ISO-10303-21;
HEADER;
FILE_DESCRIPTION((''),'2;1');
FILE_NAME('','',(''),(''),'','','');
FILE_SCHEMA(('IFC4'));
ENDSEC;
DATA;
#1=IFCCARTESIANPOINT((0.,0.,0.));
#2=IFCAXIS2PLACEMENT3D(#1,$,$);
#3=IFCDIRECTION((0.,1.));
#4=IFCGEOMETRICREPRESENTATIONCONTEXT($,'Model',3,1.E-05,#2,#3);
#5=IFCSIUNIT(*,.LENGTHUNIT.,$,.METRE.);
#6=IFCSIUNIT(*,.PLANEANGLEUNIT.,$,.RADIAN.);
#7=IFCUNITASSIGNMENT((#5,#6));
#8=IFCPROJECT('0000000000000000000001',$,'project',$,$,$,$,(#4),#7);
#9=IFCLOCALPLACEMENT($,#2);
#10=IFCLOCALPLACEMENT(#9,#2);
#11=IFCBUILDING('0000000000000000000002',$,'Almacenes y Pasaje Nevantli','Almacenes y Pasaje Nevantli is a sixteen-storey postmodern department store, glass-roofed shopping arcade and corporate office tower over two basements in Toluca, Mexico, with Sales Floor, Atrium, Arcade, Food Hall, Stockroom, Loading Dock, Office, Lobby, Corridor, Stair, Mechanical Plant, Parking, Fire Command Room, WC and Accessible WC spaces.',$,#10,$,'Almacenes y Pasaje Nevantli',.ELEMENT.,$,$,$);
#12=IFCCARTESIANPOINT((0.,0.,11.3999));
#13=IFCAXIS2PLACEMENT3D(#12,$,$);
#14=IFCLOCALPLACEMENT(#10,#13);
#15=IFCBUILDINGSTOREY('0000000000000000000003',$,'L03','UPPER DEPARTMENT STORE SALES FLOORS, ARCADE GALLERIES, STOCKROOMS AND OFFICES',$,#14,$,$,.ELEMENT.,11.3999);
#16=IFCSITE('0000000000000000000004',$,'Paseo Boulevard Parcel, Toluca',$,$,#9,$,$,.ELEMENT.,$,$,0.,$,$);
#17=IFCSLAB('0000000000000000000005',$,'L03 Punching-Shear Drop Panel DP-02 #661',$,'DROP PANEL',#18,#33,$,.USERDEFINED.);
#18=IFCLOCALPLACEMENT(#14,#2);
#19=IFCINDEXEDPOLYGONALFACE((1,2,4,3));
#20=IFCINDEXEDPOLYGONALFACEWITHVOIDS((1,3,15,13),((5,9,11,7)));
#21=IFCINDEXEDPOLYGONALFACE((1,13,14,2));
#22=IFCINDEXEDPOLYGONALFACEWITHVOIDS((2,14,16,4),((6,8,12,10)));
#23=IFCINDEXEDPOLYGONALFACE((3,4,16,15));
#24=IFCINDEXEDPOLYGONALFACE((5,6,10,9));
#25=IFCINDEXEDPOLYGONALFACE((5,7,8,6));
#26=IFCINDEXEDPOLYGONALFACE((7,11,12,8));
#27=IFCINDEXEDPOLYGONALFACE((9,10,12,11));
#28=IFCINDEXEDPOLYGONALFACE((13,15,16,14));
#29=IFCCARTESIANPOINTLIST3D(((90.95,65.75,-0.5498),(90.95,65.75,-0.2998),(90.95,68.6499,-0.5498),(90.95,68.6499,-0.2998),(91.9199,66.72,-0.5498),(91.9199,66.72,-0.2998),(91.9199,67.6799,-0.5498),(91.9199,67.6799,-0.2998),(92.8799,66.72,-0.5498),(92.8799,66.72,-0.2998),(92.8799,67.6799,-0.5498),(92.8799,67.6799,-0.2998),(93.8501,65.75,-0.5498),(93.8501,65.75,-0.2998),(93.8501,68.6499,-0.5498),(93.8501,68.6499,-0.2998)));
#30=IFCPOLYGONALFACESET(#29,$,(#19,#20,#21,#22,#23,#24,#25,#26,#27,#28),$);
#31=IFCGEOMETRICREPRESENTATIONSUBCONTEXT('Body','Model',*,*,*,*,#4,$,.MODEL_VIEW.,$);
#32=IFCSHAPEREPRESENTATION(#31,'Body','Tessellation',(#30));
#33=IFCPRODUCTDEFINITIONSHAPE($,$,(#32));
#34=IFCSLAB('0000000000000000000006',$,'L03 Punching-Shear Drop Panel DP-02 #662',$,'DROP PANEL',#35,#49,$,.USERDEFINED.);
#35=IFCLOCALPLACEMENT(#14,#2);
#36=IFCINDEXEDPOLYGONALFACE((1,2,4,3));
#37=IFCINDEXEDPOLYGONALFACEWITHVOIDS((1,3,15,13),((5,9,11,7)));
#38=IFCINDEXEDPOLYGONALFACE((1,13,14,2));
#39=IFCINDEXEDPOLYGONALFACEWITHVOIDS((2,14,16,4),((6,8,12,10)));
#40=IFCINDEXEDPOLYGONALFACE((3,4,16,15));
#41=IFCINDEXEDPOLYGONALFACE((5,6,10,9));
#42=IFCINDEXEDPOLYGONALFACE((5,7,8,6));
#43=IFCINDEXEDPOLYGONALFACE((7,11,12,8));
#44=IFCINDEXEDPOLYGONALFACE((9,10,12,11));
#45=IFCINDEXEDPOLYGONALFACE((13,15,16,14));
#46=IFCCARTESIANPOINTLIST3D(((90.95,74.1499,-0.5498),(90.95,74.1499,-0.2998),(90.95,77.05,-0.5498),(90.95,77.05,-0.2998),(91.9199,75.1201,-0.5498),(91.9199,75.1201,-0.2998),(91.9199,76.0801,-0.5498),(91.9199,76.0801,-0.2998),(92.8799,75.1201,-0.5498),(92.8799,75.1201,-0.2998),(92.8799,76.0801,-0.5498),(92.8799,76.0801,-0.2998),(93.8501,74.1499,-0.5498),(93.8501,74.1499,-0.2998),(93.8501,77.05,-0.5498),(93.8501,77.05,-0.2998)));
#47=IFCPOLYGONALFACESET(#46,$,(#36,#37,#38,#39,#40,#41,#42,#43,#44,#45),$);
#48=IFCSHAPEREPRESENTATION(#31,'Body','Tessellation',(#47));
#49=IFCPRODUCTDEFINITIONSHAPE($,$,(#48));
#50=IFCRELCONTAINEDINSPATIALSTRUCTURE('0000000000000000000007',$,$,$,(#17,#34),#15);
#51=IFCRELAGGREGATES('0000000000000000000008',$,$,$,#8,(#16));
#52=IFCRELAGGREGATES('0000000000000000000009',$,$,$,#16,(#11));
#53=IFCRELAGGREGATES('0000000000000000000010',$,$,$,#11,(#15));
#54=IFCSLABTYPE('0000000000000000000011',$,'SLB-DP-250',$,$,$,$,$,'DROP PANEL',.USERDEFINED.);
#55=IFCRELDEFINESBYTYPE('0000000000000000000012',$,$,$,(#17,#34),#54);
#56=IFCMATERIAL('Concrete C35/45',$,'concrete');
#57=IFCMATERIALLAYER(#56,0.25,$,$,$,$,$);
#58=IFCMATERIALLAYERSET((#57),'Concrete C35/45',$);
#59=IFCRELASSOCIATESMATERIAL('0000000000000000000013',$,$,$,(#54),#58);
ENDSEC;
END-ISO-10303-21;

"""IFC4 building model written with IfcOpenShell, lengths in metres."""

from ifc_helpers import new_model, si_unit, direction, frame, origin, place, context, subcontext, project, spatial, polyline, outline, extrude, material, layer, layer_set, type_object, element, save


model = new_model("IFC4")

# Units and contexts
model_context = context("Model", 3, precision=1e-05, world=origin(), true_north=direction((0.0, 1.0)))
body_context = subcontext(model_context, "Body", "Model", "MODEL_VIEW")
ifc_project = project(units=[si_unit("LENGTHUNIT", "METRE"), si_unit("PLANEANGLEUNIT", "RADIAN")], contexts=[model_context])

# Site, building, storey
site_placement = place(None, origin())
site = spatial("IfcSite", under=ifc_project, at=site_placement, Name="Paseo Boulevard Parcel, Toluca", CompositionType="ELEMENT", RefElevation=0.0)
building_placement = place(site_placement, origin())
building = spatial("IfcBuilding", under=site, at=building_placement, Name="Almacenes y Pasaje Nevantli", Description="Almacenes y Pasaje Nevantli is a sixteen-storey postmodern department store, glass-roofed shopping arcade and corporate office tower over two basements in Toluca, Mexico, with Sales Floor, Atrium, Arcade, Food Hall, Stockroom, Loading Dock, Office, Lobby, Corridor, Stair, Mechanical Plant, Parking, Fire Command Room, WC and Accessible WC spaces.", LongName="Almacenes y Pasaje Nevantli", CompositionType="ELEMENT")
storey_placement = place(building_placement, frame((0.0, 0.0, 11.3999)))
storey = spatial("IfcBuildingStorey", under=building, at=storey_placement, Name="L03", Description="UPPER DEPARTMENT STORE SALES FLOORS, ARCADE GALLERIES, STOCKROOMS AND OFFICES", CompositionType="ELEMENT", Elevation=11.3999)

# Slabs
ifc_material = material(Name="Concrete C35/45", Category="concrete")
ifc_layer = layer(ifc_material, 0.25)
ifc_layer_set = layer_set([ifc_layer], Name="Concrete C35/45")
slab_type = type_object("IfcSlabType", Name="SLB-DP-250", ElementType="DROP PANEL", PredefinedType="USERDEFINED", material=ifc_layer_set)
slab_1_placement = place(storey_placement, frame((0.0, 0.0, -0.5498)))
element("IfcSlab", 1, at=slab_1_placement, inside=storey, type_object=slab_type, Name="L03 Punching-Shear Drop Panel DP-02 #661", ObjectType="DROP PANEL", PredefinedType="USERDEFINED", context=body_context, shape_type="SweptSolid", body=[
    extrude(outline(polyline([(90.95, 65.75), (93.8501, 65.75), (93.8501, 68.6499), (90.95, 68.6499), (90.95, 65.75)]), holes=[polyline([(91.9199, 66.72), (92.8799, 66.72), (92.8799, 67.6799), (91.9199, 67.6799), (91.9199, 66.72)])]), origin(), (0.0, 0.0, 1.0), 0.25),
])
slab_2_placement = place(storey_placement, frame((0.0, 0.0, -0.5498)))
element("IfcSlab", 2, at=slab_2_placement, inside=storey, type_object=slab_type, Name="L03 Punching-Shear Drop Panel DP-02 #662", ObjectType="DROP PANEL", PredefinedType="USERDEFINED", context=body_context, shape_type="SweptSolid", body=[
    extrude(outline(polyline([(90.95, 74.1499), (93.8501, 74.1499), (93.8501, 77.05), (90.95, 77.05), (90.95, 74.1499)]), holes=[polyline([(91.9199, 75.1201), (92.8799, 75.1201), (92.8799, 76.0801), (91.9199, 76.0801), (91.9199, 75.1201)])]), origin(), (0.0, 0.0, 1.0), 0.25),
])

save(model, "model.ifc")
